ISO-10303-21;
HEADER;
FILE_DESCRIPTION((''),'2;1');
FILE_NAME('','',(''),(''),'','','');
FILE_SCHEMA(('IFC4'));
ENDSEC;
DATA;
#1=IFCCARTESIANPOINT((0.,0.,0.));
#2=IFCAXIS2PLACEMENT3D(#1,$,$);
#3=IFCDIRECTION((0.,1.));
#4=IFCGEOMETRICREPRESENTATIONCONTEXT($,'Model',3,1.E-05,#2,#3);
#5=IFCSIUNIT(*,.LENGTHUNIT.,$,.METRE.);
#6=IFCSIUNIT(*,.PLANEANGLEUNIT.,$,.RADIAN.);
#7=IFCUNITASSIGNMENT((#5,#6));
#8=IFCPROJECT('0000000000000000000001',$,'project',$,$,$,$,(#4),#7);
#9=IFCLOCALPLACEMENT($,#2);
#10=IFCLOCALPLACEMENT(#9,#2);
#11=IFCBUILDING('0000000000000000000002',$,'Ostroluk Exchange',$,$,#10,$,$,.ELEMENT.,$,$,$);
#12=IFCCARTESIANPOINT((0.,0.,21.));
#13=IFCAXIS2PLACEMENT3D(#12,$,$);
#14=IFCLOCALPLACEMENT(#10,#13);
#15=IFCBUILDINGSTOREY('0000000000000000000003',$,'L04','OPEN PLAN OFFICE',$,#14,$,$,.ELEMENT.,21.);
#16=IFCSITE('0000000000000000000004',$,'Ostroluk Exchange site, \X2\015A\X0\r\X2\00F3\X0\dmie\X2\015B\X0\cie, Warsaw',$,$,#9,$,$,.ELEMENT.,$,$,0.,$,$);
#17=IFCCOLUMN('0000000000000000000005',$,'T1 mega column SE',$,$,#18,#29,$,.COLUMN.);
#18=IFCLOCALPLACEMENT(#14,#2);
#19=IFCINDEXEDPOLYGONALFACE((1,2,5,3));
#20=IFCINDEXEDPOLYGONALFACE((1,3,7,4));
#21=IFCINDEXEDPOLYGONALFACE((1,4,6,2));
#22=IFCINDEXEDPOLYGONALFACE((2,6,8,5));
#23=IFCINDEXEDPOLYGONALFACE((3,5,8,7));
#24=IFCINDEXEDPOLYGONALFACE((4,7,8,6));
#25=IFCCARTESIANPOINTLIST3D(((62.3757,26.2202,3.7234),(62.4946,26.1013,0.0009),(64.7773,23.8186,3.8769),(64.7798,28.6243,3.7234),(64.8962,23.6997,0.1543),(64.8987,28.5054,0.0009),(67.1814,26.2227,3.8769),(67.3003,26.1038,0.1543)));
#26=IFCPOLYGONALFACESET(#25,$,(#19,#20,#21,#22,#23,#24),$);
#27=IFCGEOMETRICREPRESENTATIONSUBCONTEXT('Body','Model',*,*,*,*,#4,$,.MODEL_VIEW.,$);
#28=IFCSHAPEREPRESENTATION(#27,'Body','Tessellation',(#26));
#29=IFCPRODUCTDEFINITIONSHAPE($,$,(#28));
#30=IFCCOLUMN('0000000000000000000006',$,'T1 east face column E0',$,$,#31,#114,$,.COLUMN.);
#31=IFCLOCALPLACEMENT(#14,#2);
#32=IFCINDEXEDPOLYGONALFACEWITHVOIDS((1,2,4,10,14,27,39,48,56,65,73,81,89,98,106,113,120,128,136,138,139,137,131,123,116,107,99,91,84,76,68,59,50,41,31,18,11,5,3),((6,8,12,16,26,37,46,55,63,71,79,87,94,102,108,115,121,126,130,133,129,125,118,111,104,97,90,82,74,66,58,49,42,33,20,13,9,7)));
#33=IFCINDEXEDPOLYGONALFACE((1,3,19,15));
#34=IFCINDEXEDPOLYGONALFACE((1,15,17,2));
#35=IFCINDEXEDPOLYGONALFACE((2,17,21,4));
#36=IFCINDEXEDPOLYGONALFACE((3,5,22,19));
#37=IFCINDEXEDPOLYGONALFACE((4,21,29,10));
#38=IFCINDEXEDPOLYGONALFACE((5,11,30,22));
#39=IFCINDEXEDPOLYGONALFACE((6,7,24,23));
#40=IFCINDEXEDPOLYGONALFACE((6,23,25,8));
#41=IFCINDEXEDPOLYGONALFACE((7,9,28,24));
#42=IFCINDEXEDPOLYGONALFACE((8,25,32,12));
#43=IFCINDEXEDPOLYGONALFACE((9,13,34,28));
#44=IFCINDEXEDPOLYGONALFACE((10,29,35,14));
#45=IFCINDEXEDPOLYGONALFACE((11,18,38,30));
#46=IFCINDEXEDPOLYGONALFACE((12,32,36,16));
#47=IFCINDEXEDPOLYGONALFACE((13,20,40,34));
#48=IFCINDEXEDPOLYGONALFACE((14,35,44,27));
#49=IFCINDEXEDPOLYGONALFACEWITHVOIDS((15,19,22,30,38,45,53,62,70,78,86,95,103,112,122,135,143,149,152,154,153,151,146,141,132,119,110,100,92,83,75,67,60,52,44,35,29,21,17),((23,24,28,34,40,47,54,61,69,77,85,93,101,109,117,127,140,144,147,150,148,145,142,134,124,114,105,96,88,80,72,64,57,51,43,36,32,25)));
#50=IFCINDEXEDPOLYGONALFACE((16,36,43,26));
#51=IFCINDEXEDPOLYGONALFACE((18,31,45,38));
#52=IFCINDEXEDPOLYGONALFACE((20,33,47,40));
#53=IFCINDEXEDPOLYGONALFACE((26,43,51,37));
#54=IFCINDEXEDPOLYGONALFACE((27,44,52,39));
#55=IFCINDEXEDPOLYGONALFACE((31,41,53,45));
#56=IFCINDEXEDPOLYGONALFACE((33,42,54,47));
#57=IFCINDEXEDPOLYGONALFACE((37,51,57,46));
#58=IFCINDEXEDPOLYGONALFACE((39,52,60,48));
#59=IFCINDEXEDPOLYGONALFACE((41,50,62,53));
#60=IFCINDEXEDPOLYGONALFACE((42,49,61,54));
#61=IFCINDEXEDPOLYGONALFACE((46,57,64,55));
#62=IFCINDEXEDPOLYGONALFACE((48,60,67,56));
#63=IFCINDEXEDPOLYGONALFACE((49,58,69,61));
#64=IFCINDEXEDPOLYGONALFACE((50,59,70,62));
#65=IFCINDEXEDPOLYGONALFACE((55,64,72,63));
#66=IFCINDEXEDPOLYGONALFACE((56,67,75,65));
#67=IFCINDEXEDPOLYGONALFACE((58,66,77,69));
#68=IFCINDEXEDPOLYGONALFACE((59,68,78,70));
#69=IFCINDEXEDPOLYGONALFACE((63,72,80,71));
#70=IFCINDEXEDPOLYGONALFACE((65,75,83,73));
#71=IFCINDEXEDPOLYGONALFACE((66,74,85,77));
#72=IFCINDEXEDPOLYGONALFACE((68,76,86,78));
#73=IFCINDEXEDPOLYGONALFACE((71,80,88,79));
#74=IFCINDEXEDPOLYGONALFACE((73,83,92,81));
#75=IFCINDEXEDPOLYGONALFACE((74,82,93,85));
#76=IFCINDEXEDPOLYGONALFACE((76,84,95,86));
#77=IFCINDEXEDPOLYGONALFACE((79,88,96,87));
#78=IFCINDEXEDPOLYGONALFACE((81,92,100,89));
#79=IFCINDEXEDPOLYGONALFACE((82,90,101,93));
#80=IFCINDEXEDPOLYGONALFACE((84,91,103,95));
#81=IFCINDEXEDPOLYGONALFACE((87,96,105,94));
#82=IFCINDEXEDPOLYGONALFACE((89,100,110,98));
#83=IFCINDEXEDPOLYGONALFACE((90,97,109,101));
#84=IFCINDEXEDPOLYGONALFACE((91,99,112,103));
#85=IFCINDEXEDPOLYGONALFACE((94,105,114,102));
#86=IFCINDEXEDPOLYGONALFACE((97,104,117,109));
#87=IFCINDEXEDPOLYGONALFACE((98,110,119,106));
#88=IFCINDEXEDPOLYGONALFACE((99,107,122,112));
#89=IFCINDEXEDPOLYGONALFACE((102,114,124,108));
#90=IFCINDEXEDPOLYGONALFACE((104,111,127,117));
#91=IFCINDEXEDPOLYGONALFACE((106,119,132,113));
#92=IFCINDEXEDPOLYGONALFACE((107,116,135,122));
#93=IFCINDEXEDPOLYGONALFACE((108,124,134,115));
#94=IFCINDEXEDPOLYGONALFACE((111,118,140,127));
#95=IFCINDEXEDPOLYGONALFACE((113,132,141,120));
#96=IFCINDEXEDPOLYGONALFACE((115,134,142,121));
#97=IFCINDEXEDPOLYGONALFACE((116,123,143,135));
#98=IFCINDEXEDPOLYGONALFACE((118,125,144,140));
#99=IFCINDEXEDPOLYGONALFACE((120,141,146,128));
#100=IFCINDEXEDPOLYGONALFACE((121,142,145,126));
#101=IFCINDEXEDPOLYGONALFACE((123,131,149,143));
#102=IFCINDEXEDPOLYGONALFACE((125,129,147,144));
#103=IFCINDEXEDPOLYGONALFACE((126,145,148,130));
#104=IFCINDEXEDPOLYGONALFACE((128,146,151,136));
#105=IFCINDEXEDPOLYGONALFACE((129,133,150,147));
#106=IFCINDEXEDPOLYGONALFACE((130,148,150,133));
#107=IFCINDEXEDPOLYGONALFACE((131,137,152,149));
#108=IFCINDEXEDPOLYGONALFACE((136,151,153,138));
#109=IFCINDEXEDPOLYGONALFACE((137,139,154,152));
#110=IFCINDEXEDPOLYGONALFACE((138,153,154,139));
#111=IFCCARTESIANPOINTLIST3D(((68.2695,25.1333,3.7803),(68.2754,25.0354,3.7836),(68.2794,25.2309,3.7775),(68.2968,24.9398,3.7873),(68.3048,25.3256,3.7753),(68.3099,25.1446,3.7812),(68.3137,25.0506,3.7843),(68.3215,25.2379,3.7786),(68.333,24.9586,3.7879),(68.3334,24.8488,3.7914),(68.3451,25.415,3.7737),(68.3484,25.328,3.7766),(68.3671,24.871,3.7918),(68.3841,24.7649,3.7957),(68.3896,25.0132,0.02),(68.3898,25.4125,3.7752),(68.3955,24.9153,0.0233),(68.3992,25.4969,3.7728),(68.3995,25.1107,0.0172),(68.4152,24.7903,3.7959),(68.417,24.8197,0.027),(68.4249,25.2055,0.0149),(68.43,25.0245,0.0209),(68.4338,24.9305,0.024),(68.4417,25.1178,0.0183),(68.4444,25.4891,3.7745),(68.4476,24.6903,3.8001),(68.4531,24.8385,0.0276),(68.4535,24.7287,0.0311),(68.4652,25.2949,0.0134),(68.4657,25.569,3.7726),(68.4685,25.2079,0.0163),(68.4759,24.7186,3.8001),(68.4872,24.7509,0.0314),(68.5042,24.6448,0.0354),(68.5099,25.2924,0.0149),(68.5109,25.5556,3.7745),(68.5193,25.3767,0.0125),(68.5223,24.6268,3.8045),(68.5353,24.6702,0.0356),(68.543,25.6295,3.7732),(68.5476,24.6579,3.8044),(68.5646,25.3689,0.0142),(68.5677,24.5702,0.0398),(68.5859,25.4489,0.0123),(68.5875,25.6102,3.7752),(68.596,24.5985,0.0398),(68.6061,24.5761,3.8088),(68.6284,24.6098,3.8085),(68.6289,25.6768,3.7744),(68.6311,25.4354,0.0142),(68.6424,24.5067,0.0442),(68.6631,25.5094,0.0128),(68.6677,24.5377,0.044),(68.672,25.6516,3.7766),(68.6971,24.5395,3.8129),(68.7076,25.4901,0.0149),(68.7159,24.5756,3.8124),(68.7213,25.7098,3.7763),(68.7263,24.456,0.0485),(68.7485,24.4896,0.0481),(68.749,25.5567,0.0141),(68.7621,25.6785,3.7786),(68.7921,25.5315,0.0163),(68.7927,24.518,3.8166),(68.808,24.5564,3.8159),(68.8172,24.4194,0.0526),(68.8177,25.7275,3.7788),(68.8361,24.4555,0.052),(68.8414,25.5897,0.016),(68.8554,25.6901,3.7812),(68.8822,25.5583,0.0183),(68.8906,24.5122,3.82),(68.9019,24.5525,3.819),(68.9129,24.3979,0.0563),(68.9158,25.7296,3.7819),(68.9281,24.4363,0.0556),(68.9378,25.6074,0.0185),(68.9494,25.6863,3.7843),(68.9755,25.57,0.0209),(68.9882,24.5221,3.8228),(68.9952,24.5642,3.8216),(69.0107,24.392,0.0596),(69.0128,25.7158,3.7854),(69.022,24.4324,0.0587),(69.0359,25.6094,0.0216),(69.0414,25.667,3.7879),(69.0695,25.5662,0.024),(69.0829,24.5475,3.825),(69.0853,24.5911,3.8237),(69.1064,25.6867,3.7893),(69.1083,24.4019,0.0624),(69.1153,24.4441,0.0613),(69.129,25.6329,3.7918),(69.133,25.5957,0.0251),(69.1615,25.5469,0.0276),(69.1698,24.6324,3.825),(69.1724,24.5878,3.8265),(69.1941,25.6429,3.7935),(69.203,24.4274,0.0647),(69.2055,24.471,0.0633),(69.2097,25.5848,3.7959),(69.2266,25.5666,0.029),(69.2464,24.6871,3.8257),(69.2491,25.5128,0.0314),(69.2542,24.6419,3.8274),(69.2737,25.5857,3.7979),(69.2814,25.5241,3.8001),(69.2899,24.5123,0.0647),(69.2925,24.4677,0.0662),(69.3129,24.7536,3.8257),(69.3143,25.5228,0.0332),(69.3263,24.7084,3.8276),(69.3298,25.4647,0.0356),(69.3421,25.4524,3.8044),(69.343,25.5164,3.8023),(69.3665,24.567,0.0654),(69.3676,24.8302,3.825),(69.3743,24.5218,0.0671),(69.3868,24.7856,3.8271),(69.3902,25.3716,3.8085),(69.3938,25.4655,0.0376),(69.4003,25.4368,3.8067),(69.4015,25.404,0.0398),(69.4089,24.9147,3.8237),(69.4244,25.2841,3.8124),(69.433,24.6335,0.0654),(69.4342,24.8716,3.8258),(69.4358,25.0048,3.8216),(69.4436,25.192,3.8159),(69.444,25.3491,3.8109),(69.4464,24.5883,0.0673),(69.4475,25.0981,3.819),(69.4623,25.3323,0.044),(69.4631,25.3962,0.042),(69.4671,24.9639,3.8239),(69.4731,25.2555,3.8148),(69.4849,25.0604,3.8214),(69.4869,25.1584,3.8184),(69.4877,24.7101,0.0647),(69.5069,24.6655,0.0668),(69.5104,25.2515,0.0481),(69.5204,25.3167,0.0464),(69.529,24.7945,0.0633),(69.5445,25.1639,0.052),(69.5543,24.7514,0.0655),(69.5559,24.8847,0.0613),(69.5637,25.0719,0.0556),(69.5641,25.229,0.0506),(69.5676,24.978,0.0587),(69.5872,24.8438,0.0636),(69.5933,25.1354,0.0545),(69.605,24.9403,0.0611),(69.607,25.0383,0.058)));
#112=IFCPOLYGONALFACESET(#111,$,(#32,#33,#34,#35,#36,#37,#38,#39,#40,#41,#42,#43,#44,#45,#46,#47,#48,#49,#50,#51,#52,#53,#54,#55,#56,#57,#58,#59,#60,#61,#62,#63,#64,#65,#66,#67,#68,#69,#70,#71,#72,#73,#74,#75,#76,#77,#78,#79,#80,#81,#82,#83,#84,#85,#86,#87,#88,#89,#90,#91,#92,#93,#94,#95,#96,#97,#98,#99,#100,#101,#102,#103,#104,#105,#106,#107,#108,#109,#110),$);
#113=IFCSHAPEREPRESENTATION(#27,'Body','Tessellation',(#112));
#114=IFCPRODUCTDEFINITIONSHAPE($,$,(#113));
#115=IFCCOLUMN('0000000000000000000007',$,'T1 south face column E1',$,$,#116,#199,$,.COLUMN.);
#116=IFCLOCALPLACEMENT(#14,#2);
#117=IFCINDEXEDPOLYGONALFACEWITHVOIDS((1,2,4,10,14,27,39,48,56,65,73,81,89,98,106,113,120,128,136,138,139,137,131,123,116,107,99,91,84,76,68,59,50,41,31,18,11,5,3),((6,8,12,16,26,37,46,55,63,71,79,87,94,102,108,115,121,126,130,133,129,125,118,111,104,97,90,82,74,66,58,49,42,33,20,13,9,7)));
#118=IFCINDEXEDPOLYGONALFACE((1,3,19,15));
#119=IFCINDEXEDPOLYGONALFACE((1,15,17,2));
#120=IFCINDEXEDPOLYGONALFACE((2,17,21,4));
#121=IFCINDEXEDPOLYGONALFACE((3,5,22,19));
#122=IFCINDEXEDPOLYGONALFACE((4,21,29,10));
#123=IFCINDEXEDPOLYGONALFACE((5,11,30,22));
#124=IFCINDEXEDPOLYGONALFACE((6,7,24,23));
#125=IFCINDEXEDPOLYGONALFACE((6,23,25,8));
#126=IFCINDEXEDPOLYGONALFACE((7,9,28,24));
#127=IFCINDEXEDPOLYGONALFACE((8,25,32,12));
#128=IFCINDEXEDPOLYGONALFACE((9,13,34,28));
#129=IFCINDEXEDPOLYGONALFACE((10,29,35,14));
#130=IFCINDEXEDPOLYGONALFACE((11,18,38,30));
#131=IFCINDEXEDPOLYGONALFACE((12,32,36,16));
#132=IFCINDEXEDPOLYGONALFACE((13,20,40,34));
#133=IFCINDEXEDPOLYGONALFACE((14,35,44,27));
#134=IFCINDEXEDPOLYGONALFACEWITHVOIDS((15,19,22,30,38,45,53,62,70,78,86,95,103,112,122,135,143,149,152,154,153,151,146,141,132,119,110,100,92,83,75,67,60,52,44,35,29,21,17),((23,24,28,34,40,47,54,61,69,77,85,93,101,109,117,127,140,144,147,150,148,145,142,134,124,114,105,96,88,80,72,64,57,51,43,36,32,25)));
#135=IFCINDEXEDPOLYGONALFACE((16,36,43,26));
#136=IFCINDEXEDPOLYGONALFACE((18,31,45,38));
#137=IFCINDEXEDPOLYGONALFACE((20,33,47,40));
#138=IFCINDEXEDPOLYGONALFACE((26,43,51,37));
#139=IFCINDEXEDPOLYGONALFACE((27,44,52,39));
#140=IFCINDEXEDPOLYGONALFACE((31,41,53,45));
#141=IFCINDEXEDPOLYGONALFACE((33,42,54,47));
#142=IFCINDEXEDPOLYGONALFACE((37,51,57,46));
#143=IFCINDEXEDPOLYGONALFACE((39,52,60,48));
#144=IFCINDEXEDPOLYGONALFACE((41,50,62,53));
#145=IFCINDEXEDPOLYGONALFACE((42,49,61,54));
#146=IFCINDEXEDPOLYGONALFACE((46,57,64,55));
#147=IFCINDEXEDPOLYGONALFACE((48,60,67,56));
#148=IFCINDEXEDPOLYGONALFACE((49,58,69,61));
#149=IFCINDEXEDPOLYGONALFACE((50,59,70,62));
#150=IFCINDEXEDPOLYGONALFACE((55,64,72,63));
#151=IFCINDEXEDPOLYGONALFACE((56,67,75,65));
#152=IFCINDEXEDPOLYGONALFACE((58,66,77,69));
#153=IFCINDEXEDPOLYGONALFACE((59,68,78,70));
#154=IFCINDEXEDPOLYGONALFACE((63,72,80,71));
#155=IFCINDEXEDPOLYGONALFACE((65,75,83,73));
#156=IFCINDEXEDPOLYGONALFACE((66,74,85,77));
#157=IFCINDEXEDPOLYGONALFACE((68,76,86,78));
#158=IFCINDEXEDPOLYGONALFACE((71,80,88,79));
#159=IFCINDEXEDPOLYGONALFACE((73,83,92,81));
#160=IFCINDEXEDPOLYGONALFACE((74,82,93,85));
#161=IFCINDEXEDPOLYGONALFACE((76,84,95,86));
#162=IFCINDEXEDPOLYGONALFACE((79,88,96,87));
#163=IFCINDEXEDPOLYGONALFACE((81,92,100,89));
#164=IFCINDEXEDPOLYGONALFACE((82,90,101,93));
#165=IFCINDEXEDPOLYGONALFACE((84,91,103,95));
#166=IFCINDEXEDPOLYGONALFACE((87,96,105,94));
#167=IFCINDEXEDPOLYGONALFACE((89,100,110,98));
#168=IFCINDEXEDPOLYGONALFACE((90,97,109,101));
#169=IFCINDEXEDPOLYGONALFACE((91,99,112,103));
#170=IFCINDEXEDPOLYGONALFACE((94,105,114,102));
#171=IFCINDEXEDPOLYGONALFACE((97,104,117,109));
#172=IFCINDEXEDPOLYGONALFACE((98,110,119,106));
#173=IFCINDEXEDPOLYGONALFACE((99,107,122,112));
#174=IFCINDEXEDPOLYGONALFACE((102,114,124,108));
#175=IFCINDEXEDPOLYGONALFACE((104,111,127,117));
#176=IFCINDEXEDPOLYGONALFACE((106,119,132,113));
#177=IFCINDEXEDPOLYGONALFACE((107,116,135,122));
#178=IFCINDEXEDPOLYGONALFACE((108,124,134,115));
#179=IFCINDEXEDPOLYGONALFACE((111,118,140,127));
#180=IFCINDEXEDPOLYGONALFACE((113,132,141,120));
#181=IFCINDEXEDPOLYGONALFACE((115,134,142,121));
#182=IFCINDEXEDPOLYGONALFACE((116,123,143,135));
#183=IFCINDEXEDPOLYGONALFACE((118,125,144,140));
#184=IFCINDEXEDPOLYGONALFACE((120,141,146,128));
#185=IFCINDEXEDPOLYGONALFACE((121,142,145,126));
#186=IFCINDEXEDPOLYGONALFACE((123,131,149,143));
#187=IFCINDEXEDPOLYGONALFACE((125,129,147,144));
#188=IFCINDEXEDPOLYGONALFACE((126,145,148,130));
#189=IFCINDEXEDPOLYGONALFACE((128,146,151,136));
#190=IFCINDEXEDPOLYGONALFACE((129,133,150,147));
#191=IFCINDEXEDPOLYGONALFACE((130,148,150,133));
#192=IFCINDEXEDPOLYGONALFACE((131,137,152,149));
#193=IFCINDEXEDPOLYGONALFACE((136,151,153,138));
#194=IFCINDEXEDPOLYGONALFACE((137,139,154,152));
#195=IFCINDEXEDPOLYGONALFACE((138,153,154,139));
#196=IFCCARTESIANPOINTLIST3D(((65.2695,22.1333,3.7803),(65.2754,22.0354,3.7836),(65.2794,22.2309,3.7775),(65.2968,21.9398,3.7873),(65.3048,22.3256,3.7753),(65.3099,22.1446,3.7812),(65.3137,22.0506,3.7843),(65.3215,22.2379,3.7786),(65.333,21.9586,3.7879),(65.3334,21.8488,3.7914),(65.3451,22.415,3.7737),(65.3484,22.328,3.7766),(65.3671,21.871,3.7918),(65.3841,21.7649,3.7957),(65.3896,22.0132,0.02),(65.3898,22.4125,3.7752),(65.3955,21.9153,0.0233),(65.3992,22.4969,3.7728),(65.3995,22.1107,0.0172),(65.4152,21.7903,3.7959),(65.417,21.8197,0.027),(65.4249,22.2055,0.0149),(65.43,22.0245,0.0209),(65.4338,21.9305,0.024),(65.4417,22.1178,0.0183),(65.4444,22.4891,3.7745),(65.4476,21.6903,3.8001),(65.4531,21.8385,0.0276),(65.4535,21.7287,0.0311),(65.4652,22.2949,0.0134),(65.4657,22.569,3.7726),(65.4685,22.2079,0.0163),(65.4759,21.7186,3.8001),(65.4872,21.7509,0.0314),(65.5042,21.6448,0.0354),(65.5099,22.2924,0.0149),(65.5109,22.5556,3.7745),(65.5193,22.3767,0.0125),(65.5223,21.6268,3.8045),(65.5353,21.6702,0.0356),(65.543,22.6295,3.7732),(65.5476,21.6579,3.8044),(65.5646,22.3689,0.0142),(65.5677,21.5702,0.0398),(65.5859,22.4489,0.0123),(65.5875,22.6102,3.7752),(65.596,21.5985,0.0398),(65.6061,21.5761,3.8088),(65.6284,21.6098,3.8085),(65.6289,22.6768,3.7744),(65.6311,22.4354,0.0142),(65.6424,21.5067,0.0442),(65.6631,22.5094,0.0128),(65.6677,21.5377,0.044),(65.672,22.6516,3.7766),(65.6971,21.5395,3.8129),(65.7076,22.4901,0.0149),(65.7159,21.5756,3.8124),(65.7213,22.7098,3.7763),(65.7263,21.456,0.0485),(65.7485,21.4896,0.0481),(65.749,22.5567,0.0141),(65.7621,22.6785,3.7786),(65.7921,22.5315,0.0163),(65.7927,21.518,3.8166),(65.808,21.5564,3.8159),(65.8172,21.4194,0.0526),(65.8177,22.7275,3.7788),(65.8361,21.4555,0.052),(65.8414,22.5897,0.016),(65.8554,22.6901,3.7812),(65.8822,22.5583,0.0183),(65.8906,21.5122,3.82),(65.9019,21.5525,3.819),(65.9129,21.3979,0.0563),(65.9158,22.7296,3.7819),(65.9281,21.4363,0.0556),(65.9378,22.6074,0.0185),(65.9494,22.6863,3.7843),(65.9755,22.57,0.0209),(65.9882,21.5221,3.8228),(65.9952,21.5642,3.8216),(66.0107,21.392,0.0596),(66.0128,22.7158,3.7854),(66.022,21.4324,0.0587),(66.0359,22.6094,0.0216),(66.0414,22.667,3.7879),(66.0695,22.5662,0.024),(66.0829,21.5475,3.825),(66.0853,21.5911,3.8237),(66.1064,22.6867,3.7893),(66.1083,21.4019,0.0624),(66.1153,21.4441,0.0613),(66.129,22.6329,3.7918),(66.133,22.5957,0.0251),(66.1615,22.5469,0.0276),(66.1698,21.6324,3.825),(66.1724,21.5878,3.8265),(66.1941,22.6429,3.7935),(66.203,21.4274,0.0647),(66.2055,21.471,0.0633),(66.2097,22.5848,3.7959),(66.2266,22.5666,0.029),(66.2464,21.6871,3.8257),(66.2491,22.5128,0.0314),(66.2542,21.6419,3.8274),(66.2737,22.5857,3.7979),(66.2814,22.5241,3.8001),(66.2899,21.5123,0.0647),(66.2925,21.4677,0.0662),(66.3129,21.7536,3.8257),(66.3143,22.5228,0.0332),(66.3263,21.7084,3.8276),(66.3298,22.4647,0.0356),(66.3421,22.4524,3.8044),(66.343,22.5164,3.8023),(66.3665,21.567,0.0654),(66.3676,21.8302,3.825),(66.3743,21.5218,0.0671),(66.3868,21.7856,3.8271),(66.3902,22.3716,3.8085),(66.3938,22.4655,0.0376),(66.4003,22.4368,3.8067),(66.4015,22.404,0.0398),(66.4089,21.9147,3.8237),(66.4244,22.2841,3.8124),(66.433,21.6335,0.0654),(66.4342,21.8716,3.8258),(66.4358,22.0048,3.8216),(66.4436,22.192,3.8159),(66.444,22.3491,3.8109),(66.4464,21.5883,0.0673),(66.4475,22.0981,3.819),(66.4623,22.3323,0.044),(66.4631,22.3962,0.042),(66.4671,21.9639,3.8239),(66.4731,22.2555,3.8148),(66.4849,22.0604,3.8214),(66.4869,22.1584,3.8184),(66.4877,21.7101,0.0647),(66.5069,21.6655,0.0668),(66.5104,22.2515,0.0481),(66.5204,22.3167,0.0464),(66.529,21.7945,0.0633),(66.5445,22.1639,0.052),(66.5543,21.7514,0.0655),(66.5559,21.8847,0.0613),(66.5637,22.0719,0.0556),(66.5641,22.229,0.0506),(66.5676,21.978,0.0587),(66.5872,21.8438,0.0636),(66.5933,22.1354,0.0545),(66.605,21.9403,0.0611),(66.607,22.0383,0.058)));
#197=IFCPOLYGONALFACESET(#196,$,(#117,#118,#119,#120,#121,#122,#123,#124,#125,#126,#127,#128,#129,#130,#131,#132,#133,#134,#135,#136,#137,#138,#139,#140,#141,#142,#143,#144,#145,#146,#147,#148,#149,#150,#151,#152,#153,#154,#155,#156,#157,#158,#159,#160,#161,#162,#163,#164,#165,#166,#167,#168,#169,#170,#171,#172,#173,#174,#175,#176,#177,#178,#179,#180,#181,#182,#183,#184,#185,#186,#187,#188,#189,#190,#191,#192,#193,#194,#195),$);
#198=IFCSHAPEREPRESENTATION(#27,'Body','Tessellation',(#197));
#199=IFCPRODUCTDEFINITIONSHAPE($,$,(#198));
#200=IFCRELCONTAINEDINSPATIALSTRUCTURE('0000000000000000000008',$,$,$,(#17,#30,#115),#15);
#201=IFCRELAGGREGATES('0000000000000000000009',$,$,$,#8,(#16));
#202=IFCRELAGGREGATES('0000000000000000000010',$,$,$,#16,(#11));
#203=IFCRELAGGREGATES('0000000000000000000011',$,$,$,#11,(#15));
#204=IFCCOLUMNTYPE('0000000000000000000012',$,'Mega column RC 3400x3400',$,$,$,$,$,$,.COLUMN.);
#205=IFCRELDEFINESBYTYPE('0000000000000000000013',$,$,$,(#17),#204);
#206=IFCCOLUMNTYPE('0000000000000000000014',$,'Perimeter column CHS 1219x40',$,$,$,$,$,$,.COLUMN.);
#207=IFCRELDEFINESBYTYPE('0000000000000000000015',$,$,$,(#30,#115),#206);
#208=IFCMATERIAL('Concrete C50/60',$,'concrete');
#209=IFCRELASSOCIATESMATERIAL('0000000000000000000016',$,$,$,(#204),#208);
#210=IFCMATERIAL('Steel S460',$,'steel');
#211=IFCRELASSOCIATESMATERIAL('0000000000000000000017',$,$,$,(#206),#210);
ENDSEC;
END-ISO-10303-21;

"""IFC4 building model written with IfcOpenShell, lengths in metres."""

from ifc_helpers import new_model, si_unit, direction, frame, origin, origin_2d, place, context, subcontext, project, spatial, rectangle, hollow_circle, extrude, material, material_profile, profile_set, type_object, element, save


model = new_model("IFC4")

# Units and contexts
model_context = context("Model", 3, precision=1e-05, world=origin(), true_north=direction((0.0, 1.0)))
body_context = subcontext(model_context, "Body", "Model", "MODEL_VIEW")
ifc_project = project(units=[si_unit("LENGTHUNIT", "METRE"), si_unit("PLANEANGLEUNIT", "RADIAN")], contexts=[model_context])

# Site, building, storey
site_placement = place(None, origin())
site = spatial("IfcSite", under=ifc_project, at=site_placement, Name="Ostroluk Exchange site, Śródmieście, Warsaw", CompositionType="ELEMENT", RefElevation=0.0)
building_placement = place(site_placement, origin())
building = spatial("IfcBuilding", under=site, at=building_placement, Name="Ostroluk Exchange", CompositionType="ELEMENT")
storey_placement = place(building_placement, frame((0.0, 0.0, 21.0)))
storey = spatial("IfcBuildingStorey", under=building, at=storey_placement, Name="L04", Description="OPEN PLAN OFFICE", CompositionType="ELEMENT", Elevation=21.0)

# Columns
ifc_material_1 = material(Name="Concrete C50/60", Category="concrete")
ifc_material_profile_1 = material_profile(ifc_material_1, rectangle(XDim=3.3999, YDim=3.3999, at=origin_2d()), Name="RC 3400x3400")
ifc_profile_set_1 = profile_set([ifc_material_profile_1], Name="Concrete C50/60")
column_type_1 = type_object("IfcColumnType", Name="Mega column RC 3400x3400", PredefinedType="COLUMN", material=ifc_profile_set_1)
column_1_placement = place(storey_placement, frame((64.8975, 26.1025, 0.0776), z_axis=(-0.031908, 0.031908, 0.998981), x_axis=(-0.707107, -0.707107, 0.0)))
element("IfcColumn", 1, at=column_1_placement, inside=storey, type_object=column_type_1, Name="T1 mega column SE", PredefinedType="COLUMN", context=body_context, shape_type="SweptSolid", body=[
    extrude(rectangle(XDim=3.3999, YDim=3.3999, at=origin_2d()), origin(), (0.0, 0.0, 1.0), 3.7263),
])
ifc_material_2 = material(Name="Steel S460", Category="steel")
ifc_material_profile_2 = material_profile(ifc_material_2, hollow_circle(Radius=0.6096, WallThickness=0.04, at=origin_2d()), Name="CHS 1219x40")
ifc_profile_set_2 = profile_set([ifc_material_profile_2], Name="Steel S460")
column_type_2 = type_object("IfcColumnType", Name="Perimeter column CHS 1219x40", PredefinedType="COLUMN", material=ifc_profile_set_2)
for number, where, z_axis, x_axis, name in (
    (2, (68.9988, 25.0012, 0.0398), (-0.031911, 0.031911, 0.998981), (-0.707107, -0.707107, 0.0), "T1 east face column E0"),
    (3, (65.9988, 22.0012, 0.0398), (-0.031911, 0.031911, 0.998981), (-0.707107, -0.707107, 0.0), "T1 south face column E1"),
):
    element("IfcColumn", number, at=place(storey_placement, frame(where, z_axis=z_axis, x_axis=x_axis)), inside=storey, type_object=column_type_2, Name=name, PredefinedType="COLUMN", context=body_context, shape_type="SweptSolid", body=[
        extrude(hollow_circle(Radius=0.6096, WallThickness=0.04, at=origin_2d()), origin(), (0.0, 0.0, 1.0), 3.7642),
    ])

save(model, "model.ifc")
